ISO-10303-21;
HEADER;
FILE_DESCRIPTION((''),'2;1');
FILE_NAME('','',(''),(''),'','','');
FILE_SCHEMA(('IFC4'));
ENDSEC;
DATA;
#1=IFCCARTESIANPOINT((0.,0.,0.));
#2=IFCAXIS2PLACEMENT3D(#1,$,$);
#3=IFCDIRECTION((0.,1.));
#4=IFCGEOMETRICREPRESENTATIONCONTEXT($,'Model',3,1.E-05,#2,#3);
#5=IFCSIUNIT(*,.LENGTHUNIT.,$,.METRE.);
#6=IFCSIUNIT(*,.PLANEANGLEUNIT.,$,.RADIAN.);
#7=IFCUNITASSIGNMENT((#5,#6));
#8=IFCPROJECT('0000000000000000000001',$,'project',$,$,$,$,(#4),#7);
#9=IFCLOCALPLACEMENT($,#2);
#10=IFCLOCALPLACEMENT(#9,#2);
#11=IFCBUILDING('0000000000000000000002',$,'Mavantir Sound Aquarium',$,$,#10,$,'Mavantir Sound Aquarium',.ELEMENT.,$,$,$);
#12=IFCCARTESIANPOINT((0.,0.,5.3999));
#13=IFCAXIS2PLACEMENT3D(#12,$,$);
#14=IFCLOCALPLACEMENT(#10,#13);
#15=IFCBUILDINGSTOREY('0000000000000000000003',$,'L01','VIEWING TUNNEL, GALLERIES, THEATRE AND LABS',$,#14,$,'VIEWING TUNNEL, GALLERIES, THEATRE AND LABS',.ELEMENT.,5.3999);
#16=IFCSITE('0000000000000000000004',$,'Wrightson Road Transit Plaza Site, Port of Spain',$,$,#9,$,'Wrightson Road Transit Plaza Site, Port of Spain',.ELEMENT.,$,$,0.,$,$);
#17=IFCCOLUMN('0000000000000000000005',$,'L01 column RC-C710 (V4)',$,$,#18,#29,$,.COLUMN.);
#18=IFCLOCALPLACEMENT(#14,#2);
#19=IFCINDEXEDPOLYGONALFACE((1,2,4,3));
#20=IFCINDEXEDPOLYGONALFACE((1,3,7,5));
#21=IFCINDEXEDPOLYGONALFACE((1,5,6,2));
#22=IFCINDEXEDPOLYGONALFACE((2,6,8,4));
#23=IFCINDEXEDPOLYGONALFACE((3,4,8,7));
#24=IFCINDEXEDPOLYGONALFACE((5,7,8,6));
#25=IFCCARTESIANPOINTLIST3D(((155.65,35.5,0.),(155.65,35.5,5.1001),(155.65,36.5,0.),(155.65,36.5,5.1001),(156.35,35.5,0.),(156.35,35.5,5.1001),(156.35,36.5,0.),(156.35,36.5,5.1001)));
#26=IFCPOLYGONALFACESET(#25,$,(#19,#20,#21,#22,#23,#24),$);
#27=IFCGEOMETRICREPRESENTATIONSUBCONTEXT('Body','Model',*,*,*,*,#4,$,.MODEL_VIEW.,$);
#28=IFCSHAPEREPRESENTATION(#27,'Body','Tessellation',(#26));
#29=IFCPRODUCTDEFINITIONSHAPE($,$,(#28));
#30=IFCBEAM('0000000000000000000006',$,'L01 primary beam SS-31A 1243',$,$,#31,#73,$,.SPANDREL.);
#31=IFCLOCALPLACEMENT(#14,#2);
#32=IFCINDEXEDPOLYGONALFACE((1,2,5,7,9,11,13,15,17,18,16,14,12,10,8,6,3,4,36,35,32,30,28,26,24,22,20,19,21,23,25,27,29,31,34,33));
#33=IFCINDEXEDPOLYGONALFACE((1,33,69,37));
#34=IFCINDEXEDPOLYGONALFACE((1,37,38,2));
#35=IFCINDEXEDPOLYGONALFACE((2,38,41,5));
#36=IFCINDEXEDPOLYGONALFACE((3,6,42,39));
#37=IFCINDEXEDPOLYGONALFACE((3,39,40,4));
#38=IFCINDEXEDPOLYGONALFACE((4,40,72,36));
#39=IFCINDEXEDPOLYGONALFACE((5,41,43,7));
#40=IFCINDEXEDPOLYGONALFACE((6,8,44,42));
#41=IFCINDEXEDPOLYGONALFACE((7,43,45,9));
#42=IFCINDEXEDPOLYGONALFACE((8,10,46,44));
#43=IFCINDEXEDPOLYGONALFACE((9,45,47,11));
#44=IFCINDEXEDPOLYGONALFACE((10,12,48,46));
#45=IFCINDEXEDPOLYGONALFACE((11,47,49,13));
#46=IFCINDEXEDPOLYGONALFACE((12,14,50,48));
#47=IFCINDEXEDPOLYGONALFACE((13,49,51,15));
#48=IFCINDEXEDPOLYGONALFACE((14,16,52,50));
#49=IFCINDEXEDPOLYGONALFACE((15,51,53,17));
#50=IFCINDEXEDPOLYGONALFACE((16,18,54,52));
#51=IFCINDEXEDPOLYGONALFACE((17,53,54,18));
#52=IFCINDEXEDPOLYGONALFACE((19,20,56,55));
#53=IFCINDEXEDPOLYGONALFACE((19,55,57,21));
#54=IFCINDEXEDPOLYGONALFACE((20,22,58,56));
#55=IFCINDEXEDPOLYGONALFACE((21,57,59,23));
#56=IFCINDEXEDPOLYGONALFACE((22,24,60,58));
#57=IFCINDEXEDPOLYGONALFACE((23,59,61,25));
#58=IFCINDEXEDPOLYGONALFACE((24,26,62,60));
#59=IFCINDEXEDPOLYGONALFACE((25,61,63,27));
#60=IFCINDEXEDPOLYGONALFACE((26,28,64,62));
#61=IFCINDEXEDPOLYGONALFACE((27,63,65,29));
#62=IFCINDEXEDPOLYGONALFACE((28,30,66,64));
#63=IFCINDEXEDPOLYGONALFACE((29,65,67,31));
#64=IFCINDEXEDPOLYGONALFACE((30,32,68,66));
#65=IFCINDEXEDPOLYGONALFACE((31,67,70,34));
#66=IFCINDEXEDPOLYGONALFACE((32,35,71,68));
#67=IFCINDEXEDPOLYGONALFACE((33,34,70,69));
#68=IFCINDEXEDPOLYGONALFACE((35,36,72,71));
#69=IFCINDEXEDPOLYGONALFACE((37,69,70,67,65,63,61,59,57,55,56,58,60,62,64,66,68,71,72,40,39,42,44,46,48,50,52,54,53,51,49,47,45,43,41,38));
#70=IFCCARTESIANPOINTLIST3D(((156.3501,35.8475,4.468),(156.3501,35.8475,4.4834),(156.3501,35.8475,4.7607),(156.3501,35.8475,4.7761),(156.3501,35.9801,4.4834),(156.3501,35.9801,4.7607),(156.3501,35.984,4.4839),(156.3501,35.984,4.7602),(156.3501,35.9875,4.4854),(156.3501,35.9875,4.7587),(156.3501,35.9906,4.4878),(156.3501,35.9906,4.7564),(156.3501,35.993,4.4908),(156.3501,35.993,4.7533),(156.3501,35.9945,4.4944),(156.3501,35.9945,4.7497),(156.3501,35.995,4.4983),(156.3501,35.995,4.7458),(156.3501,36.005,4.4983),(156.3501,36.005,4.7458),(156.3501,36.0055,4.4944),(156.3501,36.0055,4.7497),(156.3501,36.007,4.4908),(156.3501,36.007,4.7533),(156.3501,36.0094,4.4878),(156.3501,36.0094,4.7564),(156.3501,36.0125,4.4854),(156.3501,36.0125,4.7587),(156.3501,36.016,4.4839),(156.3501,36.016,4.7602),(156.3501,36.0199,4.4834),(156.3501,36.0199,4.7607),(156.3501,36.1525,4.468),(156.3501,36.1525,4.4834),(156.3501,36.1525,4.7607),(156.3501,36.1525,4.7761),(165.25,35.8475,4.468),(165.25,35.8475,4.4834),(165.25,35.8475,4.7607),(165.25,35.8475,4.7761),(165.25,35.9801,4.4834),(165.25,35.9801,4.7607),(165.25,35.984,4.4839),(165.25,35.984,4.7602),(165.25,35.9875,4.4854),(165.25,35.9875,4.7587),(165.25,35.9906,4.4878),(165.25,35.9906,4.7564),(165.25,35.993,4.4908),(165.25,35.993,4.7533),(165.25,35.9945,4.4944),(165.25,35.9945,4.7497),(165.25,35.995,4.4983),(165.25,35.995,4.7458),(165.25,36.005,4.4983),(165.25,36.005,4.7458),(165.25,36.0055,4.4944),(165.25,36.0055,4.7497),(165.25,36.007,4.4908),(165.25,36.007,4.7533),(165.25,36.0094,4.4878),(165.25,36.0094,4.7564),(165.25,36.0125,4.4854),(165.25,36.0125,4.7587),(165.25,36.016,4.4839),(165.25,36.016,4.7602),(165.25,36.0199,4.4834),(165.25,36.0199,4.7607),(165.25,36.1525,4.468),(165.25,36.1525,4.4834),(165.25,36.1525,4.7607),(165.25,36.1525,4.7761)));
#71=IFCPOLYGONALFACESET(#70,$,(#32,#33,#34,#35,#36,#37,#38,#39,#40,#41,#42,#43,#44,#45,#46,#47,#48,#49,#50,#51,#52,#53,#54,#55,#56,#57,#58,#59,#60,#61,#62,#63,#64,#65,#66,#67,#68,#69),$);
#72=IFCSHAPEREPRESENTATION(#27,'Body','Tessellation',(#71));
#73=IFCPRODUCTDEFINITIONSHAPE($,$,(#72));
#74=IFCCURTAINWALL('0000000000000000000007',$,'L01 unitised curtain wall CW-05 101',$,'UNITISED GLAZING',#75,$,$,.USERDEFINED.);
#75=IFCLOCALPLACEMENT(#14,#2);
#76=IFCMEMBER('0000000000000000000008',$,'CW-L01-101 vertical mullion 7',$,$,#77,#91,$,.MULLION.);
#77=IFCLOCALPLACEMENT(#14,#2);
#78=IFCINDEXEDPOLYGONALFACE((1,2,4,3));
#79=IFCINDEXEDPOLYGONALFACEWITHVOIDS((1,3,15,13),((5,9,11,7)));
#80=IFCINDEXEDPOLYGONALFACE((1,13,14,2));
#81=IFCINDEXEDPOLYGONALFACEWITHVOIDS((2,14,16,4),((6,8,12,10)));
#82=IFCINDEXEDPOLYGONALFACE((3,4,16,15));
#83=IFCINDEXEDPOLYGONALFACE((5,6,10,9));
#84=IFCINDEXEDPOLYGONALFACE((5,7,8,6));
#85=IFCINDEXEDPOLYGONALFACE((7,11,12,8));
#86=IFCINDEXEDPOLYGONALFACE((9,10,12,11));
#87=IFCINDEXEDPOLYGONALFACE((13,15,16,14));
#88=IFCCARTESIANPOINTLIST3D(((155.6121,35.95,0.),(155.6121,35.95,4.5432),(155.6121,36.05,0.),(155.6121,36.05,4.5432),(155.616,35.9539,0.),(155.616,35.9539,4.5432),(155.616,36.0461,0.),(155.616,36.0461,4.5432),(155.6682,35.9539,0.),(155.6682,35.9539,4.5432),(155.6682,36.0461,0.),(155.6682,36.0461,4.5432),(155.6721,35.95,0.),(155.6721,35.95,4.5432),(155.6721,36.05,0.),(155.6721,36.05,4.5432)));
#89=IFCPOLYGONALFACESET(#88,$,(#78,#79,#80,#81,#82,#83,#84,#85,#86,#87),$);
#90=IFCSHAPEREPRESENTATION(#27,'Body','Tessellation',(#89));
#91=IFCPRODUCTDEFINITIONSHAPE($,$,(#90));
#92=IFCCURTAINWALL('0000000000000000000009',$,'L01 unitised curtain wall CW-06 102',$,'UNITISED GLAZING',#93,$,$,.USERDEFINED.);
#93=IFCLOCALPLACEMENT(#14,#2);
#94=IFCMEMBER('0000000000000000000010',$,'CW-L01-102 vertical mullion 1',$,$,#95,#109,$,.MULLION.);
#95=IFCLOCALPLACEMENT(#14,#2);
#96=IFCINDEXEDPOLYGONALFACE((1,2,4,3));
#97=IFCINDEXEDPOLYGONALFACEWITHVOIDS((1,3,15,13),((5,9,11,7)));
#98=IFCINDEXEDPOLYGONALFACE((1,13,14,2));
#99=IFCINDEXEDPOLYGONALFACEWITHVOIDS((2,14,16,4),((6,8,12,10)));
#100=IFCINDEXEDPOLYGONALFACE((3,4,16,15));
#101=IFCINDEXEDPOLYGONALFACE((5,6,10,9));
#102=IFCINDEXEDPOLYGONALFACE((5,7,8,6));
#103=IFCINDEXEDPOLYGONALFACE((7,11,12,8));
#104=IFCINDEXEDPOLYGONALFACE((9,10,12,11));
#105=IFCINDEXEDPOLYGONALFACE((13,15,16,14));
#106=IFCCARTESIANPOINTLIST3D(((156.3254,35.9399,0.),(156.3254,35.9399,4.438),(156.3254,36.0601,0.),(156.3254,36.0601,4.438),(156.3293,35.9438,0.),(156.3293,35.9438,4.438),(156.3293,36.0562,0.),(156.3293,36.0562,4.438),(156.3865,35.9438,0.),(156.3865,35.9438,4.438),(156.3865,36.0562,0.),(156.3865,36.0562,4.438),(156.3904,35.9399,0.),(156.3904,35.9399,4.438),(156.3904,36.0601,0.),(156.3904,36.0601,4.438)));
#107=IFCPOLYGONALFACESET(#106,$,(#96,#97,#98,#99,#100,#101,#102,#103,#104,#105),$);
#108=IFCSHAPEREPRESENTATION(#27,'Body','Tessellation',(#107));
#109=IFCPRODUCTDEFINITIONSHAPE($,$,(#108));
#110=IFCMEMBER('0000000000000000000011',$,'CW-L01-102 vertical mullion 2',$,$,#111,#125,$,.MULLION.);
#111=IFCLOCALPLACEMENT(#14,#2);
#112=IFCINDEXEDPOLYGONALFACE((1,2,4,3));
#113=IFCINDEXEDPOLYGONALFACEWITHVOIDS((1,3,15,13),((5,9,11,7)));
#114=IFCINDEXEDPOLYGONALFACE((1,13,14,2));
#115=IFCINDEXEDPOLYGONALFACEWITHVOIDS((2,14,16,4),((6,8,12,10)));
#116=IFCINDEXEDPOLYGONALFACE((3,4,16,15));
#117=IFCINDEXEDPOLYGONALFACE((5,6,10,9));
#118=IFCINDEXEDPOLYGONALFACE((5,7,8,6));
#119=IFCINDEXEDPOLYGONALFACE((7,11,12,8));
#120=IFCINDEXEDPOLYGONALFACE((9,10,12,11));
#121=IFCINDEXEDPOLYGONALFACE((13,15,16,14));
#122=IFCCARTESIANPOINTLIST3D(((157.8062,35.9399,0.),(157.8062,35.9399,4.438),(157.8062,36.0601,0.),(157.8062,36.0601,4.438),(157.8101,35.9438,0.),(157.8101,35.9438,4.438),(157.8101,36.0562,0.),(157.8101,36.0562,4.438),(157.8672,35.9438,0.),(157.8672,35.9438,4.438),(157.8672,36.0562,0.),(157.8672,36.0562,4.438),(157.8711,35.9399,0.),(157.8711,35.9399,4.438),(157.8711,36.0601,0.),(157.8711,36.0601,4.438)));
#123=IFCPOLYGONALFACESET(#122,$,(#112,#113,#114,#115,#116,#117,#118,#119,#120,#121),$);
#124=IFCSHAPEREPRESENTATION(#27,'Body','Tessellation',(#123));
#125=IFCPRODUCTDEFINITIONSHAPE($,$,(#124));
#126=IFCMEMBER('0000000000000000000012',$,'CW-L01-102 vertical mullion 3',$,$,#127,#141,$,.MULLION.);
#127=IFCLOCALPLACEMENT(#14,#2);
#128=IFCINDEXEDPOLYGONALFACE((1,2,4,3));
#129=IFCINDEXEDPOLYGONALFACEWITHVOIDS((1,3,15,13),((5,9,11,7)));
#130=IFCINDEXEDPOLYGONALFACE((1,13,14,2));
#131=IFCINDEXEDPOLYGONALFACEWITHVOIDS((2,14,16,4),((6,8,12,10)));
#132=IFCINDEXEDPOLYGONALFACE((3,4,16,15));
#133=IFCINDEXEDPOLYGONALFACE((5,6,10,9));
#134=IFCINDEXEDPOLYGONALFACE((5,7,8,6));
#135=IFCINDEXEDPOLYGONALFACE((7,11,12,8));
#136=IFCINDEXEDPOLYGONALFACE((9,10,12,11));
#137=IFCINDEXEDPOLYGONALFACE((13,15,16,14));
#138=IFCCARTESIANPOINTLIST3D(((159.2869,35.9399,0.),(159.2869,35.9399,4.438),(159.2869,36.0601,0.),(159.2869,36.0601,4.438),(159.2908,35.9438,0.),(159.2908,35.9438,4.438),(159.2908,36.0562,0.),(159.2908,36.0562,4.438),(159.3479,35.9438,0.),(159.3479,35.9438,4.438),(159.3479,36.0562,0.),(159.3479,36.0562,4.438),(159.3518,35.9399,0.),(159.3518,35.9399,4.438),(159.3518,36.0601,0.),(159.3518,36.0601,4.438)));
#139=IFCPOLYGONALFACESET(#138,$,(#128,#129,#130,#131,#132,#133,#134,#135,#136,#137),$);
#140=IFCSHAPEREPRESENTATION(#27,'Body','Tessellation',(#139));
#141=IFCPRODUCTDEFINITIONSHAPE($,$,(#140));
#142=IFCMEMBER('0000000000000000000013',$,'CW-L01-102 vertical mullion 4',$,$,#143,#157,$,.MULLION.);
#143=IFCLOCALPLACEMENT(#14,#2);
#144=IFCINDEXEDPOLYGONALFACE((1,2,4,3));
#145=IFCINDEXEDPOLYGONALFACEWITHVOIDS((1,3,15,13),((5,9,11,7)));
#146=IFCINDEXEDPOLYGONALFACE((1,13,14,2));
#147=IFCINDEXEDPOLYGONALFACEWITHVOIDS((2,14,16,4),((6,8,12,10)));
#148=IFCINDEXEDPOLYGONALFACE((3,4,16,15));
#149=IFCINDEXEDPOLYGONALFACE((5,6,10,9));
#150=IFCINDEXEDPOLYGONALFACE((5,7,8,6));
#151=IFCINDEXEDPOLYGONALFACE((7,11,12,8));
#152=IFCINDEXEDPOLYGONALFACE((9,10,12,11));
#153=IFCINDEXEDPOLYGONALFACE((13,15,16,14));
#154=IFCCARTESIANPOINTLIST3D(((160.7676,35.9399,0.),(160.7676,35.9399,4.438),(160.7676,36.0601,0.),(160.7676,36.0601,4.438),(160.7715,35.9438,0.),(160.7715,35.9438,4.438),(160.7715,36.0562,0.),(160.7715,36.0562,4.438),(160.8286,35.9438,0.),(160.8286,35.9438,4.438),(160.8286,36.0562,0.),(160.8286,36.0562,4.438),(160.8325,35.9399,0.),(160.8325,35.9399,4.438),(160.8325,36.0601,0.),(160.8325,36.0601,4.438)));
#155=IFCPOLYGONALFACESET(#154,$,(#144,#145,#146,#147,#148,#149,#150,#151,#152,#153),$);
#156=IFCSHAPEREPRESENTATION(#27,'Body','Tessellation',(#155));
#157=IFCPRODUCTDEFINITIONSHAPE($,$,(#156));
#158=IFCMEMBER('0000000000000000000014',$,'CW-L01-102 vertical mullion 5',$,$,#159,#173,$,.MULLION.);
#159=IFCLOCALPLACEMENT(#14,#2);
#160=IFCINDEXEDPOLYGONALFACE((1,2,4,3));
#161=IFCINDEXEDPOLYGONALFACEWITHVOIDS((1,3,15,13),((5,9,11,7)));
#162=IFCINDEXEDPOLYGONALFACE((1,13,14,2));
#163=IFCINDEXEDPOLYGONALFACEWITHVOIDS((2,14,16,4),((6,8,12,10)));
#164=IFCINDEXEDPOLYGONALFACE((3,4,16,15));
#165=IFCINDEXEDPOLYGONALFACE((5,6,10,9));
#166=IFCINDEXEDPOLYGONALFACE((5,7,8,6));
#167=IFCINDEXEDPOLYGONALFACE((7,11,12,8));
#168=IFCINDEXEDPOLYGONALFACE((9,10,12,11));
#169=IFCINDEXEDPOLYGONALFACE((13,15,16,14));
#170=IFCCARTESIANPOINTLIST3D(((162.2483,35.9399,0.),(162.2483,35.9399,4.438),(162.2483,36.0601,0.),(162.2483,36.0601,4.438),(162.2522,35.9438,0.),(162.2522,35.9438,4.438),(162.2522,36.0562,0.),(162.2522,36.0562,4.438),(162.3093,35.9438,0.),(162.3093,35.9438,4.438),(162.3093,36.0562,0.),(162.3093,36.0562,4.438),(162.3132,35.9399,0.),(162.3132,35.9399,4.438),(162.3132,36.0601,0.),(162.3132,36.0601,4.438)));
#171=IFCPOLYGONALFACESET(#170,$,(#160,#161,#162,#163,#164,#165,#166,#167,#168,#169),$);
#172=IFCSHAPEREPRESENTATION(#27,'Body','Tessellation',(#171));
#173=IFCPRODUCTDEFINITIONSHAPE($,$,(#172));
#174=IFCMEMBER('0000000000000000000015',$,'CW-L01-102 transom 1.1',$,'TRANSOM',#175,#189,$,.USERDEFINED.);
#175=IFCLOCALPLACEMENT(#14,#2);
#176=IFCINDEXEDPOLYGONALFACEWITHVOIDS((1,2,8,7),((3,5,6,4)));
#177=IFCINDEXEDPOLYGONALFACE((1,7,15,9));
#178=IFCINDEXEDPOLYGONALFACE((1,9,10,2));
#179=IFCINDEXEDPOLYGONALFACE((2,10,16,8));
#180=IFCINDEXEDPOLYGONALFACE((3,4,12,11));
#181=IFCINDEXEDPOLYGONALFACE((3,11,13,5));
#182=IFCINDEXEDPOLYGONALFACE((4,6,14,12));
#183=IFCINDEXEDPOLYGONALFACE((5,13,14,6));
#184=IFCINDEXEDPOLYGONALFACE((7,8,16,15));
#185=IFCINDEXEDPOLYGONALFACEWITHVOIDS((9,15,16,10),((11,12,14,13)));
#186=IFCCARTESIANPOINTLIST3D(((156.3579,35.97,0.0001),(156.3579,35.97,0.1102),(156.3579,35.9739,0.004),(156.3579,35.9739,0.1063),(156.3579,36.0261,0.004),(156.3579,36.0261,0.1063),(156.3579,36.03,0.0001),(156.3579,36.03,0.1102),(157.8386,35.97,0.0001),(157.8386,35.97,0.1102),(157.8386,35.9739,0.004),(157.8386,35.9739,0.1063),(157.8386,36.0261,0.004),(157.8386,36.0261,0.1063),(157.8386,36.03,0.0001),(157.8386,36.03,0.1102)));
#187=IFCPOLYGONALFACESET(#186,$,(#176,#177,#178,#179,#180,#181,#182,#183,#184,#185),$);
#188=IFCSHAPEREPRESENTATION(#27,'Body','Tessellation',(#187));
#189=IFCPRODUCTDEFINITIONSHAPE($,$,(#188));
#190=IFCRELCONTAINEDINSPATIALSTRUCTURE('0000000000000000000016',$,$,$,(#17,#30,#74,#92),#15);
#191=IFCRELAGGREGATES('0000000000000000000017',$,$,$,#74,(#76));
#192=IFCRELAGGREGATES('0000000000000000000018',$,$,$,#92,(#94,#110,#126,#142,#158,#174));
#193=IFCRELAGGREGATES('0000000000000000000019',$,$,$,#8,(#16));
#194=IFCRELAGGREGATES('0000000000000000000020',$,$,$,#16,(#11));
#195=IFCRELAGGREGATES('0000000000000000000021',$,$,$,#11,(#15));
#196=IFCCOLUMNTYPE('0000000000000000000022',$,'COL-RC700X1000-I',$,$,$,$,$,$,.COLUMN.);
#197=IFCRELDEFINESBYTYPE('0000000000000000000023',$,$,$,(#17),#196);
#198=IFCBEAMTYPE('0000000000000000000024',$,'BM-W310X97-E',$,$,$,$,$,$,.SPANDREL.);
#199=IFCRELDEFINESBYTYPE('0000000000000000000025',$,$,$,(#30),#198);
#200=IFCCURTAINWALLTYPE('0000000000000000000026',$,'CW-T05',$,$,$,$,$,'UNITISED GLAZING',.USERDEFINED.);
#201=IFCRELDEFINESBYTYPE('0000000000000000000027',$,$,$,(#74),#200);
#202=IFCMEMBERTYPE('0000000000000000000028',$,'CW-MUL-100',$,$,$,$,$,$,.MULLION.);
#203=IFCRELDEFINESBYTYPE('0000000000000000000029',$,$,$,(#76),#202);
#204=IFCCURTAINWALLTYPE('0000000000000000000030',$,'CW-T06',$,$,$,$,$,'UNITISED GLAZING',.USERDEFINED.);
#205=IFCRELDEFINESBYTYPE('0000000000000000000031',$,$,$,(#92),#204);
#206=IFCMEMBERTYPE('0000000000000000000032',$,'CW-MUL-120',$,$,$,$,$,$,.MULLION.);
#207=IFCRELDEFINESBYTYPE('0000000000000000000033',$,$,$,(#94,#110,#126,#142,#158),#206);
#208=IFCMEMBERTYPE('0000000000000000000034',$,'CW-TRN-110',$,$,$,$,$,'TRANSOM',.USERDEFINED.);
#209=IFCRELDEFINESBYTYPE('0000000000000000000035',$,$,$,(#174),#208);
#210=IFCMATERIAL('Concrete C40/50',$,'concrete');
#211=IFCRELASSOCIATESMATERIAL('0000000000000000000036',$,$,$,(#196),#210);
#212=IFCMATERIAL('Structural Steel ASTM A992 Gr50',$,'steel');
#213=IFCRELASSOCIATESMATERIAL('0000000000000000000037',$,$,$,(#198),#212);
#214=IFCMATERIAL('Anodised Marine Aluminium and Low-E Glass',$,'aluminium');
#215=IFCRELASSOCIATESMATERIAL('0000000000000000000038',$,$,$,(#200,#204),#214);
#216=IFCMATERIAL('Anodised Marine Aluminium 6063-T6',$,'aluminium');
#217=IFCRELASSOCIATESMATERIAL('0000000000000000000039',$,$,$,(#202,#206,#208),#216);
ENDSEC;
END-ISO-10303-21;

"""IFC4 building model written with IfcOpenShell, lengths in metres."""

from ifc_helpers import new_model, si_unit, direction, frame, origin, origin_2d, place, context, subcontext, project, spatial, rectangle, hollow_rectangle, i_section, extrude, material, material_profile, profile_set, type_object, element, aggregate, save


model = new_model("IFC4")

# Units and contexts
model_context = context("Model", 3, precision=1e-05, world=origin(), true_north=direction((0.0, 1.0)))
body_context = subcontext(model_context, "Body", "Model", "MODEL_VIEW")
ifc_project = project(units=[si_unit("LENGTHUNIT", "METRE"), si_unit("PLANEANGLEUNIT", "RADIAN")], contexts=[model_context])

# Site, building, storey
site_placement = place(None, origin())
site = spatial("IfcSite", under=ifc_project, at=site_placement, Name="Wrightson Road Transit Plaza Site, Port of Spain", LongName="Wrightson Road Transit Plaza Site, Port of Spain", CompositionType="ELEMENT", RefElevation=0.0)
building_placement = place(site_placement, origin())
building = spatial("IfcBuilding", under=site, at=building_placement, Name="Mavantir Sound Aquarium", LongName="Mavantir Sound Aquarium", CompositionType="ELEMENT")
storey_placement = place(building_placement, frame((0.0, 0.0, 5.3999)))
storey = spatial("IfcBuildingStorey", under=building, at=storey_placement, Name="L01", Description="VIEWING TUNNEL, GALLERIES, THEATRE AND LABS", LongName="VIEWING TUNNEL, GALLERIES, THEATRE AND LABS", CompositionType="ELEMENT", Elevation=5.3999)

# Column
ifc_material_1 = material(Name="Concrete C40/50", Category="concrete")
ifc_material_profile_1 = material_profile(ifc_material_1, rectangle(XDim=0.7, YDim=1.0, at=origin_2d()), Name="RC 700X1000")
ifc_profile_set_1 = profile_set([ifc_material_profile_1], Name="Concrete C40/50")
column_type = type_object("IfcColumnType", Name="COL-RC700X1000-I", PredefinedType="COLUMN", material=ifc_profile_set_1)
column_placement = place(storey_placement, frame((156.0, 36.0, 0.0), z_axis=(0.0, 0.0, 1.0), x_axis=(1.0, 0.0, 0.0)))
element("IfcColumn", 1, at=column_placement, inside=storey, type_object=column_type, Name="L01 column RC-C710 (V4)", PredefinedType="COLUMN", context=body_context, shape_type="SweptSolid", body=[
    extrude(rectangle(XDim=0.7, YDim=1.0, at=origin_2d()), origin(), (0.0, 0.0, 1.0), 5.1001),
])

# Beam
ifc_material_2 = material(Name="Structural Steel ASTM A992 Gr50", Category="steel")
ifc_material_profile_2 = material_profile(ifc_material_2, i_section(OverallWidth=0.3049, OverallDepth=0.3081, WebThickness=0.01, FlangeThickness=0.0154, FilletRadius=0.0149, at=origin_2d()), Name="W310X97")
ifc_profile_set_2 = profile_set([ifc_material_profile_2], Name="Structural Steel ASTM A992 Gr50")
beam_type = type_object("IfcBeamType", Name="BM-W310X97-E", PredefinedType="SPANDREL", material=ifc_profile_set_2)
beam_placement = place(storey_placement, frame((156.3501, 36.0, 4.6221), z_axis=(1.0, 0.0, 0.0), x_axis=(0.0, 1.0, 0.0)))
element("IfcBeam", 2, at=beam_placement, inside=storey, type_object=beam_type, Name="L01 primary beam SS-31A 1243", PredefinedType="SPANDREL", context=body_context, shape_type="SweptSolid", body=[
    extrude(i_section(OverallWidth=0.3049, OverallDepth=0.3081, WebThickness=0.01, FlangeThickness=0.0154, FilletRadius=0.0149, at=origin_2d()), origin(), (0.0, 0.0, 1.0), 8.8999),
])

# Curtain wall, member
ifc_material_3 = material(Name="Anodised Marine Aluminium and Low-E Glass", Category="aluminium")
curtain_wall_type_1 = type_object("IfcCurtainWallType", Name="CW-T05", ElementType="UNITISED GLAZING", PredefinedType="USERDEFINED", material=ifc_material_3)
curtain_wall_1_placement = place(storey_placement, origin())
curtain_wall_1 = element("IfcCurtainWall", 3, at=curtain_wall_1_placement, inside=storey, type_object=curtain_wall_type_1, Name="L01 unitised curtain wall CW-05 101", ObjectType="UNITISED GLAZING", PredefinedType="USERDEFINED")
ifc_material_4 = material(Name="Anodised Marine Aluminium 6063-T6", Category="aluminium")
ifc_material_profile_3 = material_profile(ifc_material_4, hollow_rectangle(XDim=0.0601, YDim=0.1001, WallThickness=0.0039, at=origin_2d()), Name="ALU-MULLION-100X60")
ifc_profile_set_3 = profile_set([ifc_material_profile_3], Name="Anodised Marine Aluminium 6063-T6")
member_type_1 = type_object("IfcMemberType", Name="CW-MUL-100", PredefinedType="MULLION", material=ifc_profile_set_3)
member_1_placement = place(storey_placement, frame((155.6421, 36.0, 0.0), z_axis=(0.0, 0.0, 1.0), x_axis=(1.0, 0.0, 0.0)))
member_1 = element("IfcMember", 4, at=member_1_placement, type_object=member_type_1, Name="CW-L01-101 vertical mullion 7", PredefinedType="MULLION", context=body_context, shape_type="SweptSolid", body=[
    extrude(hollow_rectangle(XDim=0.0601, YDim=0.1001, WallThickness=0.0039, at=origin_2d()), origin(), (0.0, 0.0, 1.0), 4.5432),
])
aggregate(curtain_wall_1, [member_1])

# Curtain wall, members
curtain_wall_type_2 = type_object("IfcCurtainWallType", Name="CW-T06", ElementType="UNITISED GLAZING", PredefinedType="USERDEFINED", material=ifc_material_3)
curtain_wall_2_placement = place(storey_placement, origin())
curtain_wall_2 = element("IfcCurtainWall", 5, at=curtain_wall_2_placement, inside=storey, type_object=curtain_wall_type_2, Name="L01 unitised curtain wall CW-06 102", ObjectType="UNITISED GLAZING", PredefinedType="USERDEFINED")
ifc_material_profile_4 = material_profile(ifc_material_4, hollow_rectangle(XDim=0.0649, YDim=0.1201, WallThickness=0.0039, at=origin_2d()), Name="ALU-MULLION-120X65")
ifc_profile_set_4 = profile_set([ifc_material_profile_4], Name="Anodised Marine Aluminium 6063-T6")
member_type_2 = type_object("IfcMemberType", Name="CW-MUL-120", PredefinedType="MULLION", material=ifc_profile_set_4)
member_2_placement = place(storey_placement, frame((156.3579, 36.0, 0.0), z_axis=(0.0, 0.0, 1.0), x_axis=(1.0, 0.0, 0.0)))
member_2 = element("IfcMember", 6, at=member_2_placement, type_object=member_type_2, Name="CW-L01-102 vertical mullion 1", PredefinedType="MULLION", context=body_context, shape_type="SweptSolid", body=[
    extrude(hollow_rectangle(XDim=0.0649, YDim=0.1201, WallThickness=0.0039, at=origin_2d()), origin(), (0.0, 0.0, 1.0), 4.438),
])
member_3_placement = place(storey_placement, frame((157.8386, 36.0, 0.0), z_axis=(0.0, 0.0, 1.0), x_axis=(1.0, 0.0, 0.0)))
member_3 = element("IfcMember", 7, at=member_3_placement, type_object=member_type_2, Name="CW-L01-102 vertical mullion 2", PredefinedType="MULLION", context=body_context, shape_type="SweptSolid", body=[
    extrude(hollow_rectangle(XDim=0.0649, YDim=0.1201, WallThickness=0.0039, at=origin_2d()), origin(), (0.0, 0.0, 1.0), 4.438),
])
member_4_placement = place(storey_placement, frame((159.3193, 36.0, 0.0), z_axis=(0.0, 0.0, 1.0), x_axis=(1.0, 0.0, 0.0)))
member_4 = element("IfcMember", 8, at=member_4_placement, type_object=member_type_2, Name="CW-L01-102 vertical mullion 3", PredefinedType="MULLION", context=body_context, shape_type="SweptSolid", body=[
    extrude(hollow_rectangle(XDim=0.0649, YDim=0.1201, WallThickness=0.0039, at=origin_2d()), origin(), (0.0, 0.0, 1.0), 4.438),
])
member_5_placement = place(storey_placement, frame((160.8, 36.0, 0.0), z_axis=(0.0, 0.0, 1.0), x_axis=(1.0, 0.0, 0.0)))
member_5 = element("IfcMember", 9, at=member_5_placement, type_object=member_type_2, Name="CW-L01-102 vertical mullion 4", PredefinedType="MULLION", context=body_context, shape_type="SweptSolid", body=[
    extrude(hollow_rectangle(XDim=0.0649, YDim=0.1201, WallThickness=0.0039, at=origin_2d()), origin(), (0.0, 0.0, 1.0), 4.438),
])
member_6_placement = place(storey_placement, frame((162.2808, 36.0, 0.0), z_axis=(0.0, 0.0, 1.0), x_axis=(1.0, 0.0, 0.0)))
member_6 = element("IfcMember", 10, at=member_6_placement, type_object=member_type_2, Name="CW-L01-102 vertical mullion 5", PredefinedType="MULLION", context=body_context, shape_type="SweptSolid", body=[
    extrude(hollow_rectangle(XDim=0.0649, YDim=0.1201, WallThickness=0.0039, at=origin_2d()), origin(), (0.0, 0.0, 1.0), 4.438),
])
ifc_material_profile_5 = material_profile(ifc_material_4, hollow_rectangle(XDim=0.0601, YDim=0.1101, WallThickness=0.0039, at=origin_2d()), Name="ALU-TRANSOM-110X60")
ifc_profile_set_5 = profile_set([ifc_material_profile_5], Name="Anodised Marine Aluminium 6063-T6")
member_type_3 = type_object("IfcMemberType", Name="CW-TRN-110", ElementType="TRANSOM", PredefinedType="USERDEFINED", material=ifc_profile_set_5)
member_7_placement = place(storey_placement, frame((156.3579, 36.0, 0.0552), z_axis=(1.0, 0.0, 0.0), x_axis=(0.0, 1.0, 0.0)))
member_7 = element("IfcMember", 11, at=member_7_placement, type_object=member_type_3, Name="CW-L01-102 transom 1.1", ObjectType="TRANSOM", PredefinedType="USERDEFINED", context=body_context, shape_type="SweptSolid", body=[
    extrude(hollow_rectangle(XDim=0.0601, YDim=0.1101, WallThickness=0.0039, at=origin_2d()), origin(), (0.0, 0.0, 1.0), 1.4807),
])
aggregate(curtain_wall_2, [member_2, member_3, member_4, member_5, member_6, member_7])

save(model, "model.ifc")
